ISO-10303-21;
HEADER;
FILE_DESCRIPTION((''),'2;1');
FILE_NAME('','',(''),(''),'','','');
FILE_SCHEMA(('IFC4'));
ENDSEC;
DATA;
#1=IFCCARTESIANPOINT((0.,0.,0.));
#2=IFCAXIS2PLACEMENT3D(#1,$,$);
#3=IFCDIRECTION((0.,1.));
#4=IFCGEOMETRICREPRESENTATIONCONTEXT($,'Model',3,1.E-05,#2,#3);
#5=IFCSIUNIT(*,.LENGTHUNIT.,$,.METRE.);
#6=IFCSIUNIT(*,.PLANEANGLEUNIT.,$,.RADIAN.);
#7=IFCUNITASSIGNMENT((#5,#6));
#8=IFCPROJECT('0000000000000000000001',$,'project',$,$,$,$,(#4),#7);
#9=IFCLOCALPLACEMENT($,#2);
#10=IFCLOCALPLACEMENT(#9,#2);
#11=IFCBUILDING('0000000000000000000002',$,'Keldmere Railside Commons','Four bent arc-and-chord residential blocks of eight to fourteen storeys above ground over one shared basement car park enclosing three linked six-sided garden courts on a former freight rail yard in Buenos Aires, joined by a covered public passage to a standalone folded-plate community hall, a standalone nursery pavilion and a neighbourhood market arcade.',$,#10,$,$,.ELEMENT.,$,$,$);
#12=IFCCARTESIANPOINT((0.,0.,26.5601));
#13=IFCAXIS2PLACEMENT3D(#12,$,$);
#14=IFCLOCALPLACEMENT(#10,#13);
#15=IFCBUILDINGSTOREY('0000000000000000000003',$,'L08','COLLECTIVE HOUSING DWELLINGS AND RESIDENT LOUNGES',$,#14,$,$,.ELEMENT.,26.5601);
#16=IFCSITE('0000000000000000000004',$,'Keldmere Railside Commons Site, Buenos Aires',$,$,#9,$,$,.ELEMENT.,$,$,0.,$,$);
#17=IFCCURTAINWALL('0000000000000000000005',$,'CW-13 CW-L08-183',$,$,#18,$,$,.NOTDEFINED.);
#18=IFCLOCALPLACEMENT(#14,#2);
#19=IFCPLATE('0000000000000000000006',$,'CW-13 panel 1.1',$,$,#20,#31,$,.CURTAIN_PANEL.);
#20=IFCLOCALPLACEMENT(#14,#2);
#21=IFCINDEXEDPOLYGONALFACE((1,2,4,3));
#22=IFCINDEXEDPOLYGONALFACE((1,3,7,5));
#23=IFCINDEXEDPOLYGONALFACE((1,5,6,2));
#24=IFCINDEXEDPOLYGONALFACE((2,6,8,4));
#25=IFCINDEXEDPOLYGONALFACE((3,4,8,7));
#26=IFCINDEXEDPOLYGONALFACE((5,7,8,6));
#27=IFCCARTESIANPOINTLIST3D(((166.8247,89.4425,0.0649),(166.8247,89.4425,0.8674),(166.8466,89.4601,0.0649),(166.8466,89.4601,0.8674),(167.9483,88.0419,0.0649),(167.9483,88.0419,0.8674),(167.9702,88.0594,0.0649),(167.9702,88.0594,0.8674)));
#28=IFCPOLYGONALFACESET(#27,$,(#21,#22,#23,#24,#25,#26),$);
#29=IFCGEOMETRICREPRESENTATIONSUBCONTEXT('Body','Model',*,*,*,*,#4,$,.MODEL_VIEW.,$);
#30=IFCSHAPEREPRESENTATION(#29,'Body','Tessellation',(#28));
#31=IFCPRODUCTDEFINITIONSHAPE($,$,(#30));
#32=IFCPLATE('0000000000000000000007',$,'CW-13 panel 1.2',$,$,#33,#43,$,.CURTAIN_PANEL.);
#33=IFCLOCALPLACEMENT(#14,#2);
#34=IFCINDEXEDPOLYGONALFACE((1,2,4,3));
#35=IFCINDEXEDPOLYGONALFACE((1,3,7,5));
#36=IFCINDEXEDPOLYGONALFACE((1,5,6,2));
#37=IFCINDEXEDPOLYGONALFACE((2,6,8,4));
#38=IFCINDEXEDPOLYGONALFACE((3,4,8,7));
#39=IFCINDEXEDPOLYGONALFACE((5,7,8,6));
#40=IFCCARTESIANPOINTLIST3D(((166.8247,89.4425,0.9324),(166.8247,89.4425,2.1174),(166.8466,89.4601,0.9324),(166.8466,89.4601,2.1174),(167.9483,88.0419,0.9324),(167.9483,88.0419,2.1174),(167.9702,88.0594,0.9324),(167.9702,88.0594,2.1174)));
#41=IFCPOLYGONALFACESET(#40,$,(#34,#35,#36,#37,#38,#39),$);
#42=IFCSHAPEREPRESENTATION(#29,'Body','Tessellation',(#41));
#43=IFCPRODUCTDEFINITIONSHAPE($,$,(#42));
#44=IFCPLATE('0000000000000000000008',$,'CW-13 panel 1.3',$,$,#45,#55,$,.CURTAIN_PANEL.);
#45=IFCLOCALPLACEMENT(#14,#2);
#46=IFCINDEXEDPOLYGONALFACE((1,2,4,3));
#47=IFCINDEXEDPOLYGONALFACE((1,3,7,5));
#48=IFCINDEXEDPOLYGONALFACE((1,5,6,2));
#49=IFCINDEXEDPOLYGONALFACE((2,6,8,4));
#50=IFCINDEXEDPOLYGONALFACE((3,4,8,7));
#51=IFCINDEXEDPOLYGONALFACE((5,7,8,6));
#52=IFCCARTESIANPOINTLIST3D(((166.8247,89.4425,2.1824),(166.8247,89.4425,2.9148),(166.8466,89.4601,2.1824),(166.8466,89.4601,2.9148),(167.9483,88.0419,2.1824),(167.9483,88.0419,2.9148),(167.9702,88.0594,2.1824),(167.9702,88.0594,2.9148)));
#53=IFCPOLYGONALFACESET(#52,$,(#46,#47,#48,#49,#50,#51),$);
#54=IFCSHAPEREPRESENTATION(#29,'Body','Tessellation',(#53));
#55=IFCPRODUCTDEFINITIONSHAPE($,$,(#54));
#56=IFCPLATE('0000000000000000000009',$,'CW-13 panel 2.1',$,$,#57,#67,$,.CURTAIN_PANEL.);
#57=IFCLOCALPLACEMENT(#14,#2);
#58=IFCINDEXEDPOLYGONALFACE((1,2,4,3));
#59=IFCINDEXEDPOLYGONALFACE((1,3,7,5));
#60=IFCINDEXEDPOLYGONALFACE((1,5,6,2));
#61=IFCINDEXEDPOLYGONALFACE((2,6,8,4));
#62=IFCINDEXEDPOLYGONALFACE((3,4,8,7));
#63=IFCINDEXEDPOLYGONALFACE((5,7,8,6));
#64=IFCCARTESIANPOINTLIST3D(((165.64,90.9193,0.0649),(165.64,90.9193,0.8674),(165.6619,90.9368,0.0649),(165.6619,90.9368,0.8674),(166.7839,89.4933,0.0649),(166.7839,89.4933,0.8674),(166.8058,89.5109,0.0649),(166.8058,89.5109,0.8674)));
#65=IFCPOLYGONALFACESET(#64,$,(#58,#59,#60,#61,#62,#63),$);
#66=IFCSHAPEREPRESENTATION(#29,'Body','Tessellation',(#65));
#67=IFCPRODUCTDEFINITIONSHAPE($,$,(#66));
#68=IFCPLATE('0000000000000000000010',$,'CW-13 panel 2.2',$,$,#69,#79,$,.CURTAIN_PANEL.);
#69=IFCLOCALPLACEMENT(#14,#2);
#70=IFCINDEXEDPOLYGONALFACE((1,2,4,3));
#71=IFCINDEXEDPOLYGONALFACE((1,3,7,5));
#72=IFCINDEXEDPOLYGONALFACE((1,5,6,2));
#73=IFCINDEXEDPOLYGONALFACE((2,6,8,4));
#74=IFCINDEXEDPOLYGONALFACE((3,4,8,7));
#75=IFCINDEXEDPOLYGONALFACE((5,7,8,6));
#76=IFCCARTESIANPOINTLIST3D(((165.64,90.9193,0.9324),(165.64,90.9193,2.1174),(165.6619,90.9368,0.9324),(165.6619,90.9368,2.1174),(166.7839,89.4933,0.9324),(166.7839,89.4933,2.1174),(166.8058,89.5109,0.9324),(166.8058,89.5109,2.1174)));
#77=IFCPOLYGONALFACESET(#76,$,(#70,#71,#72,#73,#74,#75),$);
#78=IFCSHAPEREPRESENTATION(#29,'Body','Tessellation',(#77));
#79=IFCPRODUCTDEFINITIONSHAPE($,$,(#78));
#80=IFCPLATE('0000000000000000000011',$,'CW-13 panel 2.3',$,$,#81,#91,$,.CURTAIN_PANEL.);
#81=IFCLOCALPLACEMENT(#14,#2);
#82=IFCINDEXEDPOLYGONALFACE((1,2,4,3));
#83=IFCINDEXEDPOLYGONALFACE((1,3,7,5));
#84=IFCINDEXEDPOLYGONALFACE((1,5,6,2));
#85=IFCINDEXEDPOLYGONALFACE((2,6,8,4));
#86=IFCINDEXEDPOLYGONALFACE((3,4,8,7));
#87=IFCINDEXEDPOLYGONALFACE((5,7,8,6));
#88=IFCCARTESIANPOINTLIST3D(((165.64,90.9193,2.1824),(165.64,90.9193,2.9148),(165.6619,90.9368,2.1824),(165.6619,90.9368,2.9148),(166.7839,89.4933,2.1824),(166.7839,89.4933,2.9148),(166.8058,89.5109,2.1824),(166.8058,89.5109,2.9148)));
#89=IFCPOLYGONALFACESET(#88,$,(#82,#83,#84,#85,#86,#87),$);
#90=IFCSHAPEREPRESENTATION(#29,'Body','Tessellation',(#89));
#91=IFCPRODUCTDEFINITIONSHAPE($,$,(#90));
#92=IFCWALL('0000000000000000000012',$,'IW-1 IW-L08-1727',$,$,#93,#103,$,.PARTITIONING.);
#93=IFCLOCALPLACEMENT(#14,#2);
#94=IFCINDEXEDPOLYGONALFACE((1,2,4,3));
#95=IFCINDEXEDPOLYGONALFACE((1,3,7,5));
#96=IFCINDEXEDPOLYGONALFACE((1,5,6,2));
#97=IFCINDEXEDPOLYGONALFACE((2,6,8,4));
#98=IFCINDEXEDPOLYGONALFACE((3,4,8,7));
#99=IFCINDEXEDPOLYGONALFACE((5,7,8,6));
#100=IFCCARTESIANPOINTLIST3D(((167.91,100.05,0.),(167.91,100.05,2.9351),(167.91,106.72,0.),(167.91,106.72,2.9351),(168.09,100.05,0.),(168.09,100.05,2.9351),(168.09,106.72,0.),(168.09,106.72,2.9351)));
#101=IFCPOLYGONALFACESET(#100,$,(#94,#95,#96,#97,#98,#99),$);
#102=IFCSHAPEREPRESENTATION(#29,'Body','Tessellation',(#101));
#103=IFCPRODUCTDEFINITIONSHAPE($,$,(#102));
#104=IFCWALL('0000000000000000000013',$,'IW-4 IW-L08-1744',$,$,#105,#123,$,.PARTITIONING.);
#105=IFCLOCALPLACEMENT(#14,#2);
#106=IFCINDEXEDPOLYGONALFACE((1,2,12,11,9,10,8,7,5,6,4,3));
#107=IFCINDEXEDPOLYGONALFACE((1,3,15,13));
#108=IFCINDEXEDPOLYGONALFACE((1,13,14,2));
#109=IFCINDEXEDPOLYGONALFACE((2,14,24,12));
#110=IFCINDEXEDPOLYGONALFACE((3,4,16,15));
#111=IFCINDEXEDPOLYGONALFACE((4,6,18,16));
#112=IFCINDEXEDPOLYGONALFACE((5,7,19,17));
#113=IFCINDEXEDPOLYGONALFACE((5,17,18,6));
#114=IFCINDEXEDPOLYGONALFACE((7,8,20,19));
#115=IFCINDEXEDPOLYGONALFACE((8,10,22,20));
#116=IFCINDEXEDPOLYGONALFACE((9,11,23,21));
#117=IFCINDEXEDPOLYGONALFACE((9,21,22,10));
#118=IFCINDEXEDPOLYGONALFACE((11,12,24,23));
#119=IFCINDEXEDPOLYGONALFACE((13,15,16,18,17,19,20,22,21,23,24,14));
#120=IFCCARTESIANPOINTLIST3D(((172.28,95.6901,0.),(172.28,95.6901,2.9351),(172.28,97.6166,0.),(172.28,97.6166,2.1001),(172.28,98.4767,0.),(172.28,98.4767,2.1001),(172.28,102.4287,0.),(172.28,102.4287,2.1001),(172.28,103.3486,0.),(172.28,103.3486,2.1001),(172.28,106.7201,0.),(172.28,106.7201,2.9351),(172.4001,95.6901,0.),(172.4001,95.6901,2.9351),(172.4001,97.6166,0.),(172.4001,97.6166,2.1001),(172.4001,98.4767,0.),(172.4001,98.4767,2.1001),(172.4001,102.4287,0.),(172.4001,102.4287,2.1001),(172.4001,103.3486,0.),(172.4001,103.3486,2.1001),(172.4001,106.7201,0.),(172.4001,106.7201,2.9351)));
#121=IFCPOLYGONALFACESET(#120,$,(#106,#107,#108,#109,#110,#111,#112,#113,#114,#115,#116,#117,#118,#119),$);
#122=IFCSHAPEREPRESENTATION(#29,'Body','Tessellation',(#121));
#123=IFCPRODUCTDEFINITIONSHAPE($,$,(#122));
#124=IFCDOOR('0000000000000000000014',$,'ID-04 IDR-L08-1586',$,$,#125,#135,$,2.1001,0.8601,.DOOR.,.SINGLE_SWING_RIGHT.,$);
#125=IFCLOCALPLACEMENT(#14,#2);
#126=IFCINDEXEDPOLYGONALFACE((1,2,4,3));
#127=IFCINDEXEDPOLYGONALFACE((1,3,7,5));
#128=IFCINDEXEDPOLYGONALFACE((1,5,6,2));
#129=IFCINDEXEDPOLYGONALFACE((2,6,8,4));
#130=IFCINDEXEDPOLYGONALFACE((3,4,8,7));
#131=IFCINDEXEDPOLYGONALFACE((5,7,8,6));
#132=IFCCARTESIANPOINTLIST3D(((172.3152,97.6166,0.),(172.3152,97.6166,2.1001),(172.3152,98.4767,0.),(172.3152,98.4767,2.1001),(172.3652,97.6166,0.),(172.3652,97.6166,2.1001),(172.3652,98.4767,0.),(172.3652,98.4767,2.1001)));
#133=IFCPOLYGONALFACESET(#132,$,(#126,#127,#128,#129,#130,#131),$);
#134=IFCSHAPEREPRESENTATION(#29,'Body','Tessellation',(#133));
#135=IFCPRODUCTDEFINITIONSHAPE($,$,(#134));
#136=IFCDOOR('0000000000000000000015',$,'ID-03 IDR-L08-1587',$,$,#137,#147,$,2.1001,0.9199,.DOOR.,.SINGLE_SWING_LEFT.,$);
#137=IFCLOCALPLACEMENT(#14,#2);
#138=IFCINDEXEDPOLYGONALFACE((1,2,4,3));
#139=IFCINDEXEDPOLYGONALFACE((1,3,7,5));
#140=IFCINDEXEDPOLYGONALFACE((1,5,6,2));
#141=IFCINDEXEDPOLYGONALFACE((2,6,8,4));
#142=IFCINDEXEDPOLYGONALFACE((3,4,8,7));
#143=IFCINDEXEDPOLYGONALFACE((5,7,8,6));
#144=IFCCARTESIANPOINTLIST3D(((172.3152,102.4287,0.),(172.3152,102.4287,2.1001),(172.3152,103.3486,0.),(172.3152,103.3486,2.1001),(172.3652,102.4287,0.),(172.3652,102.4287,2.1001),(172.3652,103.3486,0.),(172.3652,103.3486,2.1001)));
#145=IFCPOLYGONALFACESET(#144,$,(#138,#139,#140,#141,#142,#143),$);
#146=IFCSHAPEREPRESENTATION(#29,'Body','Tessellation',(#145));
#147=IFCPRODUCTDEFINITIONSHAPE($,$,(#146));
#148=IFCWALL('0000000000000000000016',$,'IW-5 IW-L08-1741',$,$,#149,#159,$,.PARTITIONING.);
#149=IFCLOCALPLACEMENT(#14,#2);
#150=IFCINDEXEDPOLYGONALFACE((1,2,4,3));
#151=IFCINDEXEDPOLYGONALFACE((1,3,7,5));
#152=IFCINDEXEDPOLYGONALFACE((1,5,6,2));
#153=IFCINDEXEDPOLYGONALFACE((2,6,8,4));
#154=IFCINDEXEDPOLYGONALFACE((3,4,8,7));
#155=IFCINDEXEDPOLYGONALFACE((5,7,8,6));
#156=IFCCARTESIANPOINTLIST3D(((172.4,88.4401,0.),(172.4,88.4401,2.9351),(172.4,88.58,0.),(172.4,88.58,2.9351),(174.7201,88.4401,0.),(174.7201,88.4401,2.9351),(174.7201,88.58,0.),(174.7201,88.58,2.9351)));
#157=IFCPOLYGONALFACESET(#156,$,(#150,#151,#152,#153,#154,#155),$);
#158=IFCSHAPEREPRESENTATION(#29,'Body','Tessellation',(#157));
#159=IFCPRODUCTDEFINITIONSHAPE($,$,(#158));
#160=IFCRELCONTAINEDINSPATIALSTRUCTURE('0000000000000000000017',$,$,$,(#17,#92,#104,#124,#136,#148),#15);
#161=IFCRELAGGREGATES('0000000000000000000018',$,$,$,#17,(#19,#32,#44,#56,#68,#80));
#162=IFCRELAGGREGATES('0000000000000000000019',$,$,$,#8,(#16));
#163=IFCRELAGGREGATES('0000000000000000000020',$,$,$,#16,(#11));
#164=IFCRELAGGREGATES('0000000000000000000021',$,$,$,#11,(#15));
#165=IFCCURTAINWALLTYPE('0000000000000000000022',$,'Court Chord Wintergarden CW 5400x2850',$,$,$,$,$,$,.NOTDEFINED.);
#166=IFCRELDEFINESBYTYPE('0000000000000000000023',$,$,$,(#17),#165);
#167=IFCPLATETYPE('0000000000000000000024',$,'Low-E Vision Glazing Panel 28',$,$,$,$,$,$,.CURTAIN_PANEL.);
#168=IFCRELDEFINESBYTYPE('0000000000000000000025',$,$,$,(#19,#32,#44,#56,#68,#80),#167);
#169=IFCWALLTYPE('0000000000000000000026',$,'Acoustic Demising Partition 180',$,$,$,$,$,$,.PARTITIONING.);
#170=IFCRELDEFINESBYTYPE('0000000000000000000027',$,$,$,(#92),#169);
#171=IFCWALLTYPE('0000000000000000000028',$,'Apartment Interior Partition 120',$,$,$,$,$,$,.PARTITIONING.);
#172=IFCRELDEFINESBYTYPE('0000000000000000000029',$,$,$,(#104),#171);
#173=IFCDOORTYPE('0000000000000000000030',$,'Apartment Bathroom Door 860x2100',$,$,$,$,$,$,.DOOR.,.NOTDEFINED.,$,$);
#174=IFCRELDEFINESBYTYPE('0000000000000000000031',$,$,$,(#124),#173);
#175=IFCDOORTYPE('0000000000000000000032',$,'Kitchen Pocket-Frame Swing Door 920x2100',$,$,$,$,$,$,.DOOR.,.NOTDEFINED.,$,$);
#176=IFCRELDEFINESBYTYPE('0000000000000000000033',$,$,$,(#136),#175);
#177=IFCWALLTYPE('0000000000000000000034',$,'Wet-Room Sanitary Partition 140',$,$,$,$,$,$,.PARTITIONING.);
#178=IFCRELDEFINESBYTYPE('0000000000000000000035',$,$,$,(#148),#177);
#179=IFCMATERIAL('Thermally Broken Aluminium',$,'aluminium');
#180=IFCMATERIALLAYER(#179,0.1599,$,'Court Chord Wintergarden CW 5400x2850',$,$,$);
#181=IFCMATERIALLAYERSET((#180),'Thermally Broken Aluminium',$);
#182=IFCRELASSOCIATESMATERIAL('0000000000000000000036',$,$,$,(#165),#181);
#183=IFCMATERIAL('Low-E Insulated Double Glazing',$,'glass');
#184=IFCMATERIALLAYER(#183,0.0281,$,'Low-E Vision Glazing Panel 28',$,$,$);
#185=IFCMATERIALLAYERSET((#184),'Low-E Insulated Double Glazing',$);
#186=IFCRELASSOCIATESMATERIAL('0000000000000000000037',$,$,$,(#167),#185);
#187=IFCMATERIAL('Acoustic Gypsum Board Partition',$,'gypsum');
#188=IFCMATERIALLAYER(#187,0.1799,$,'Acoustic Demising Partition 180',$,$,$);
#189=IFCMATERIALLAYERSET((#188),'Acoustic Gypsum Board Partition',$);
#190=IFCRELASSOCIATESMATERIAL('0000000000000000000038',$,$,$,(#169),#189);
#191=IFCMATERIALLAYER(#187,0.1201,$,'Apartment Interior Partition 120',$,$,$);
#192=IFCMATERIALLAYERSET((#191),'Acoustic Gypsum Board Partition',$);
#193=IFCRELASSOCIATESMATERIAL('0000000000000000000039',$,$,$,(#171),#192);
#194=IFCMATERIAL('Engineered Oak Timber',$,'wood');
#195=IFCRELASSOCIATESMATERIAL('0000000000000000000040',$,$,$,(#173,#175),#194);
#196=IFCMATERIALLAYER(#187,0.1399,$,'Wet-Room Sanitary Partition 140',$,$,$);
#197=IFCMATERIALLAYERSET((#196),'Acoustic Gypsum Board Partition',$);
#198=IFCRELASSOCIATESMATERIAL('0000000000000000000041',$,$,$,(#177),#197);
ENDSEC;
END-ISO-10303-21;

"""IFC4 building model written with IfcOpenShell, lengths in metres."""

from ifc_helpers import new_model, si_unit, direction, frame, frame_2d, origin, origin_2d, place, context, subcontext, project, spatial, rectangle, extrude, material, layer, layer_set, type_object, element, fill, aggregate, save


model = new_model("IFC4")

# Units and contexts
model_context = context("Model", 3, precision=1e-05, world=origin(), true_north=direction((0.0, 1.0)))
body_context = subcontext(model_context, "Body", "Model", "MODEL_VIEW")
ifc_project = project(units=[si_unit("LENGTHUNIT", "METRE"), si_unit("PLANEANGLEUNIT", "RADIAN")], contexts=[model_context])

# Site, building, storey
site_placement = place(None, origin())
site = spatial("IfcSite", under=ifc_project, at=site_placement, Name="Keldmere Railside Commons Site, Buenos Aires", CompositionType="ELEMENT", RefElevation=0.0)
building_placement = place(site_placement, origin())
building = spatial("IfcBuilding", under=site, at=building_placement, Name="Keldmere Railside Commons", Description="Four bent arc-and-chord residential blocks of eight to fourteen storeys above ground over one shared basement car park enclosing three linked six-sided garden courts on a former freight rail yard in Buenos Aires, joined by a covered public passage to a standalone folded-plate community hall, a standalone nursery pavilion and a neighbourhood market arcade.", CompositionType="ELEMENT")
storey_placement = place(building_placement, frame((0.0, 0.0, 26.5601)))
storey = spatial("IfcBuildingStorey", under=building, at=storey_placement, Name="L08", Description="COLLECTIVE HOUSING DWELLINGS AND RESIDENT LOUNGES", CompositionType="ELEMENT", Elevation=26.5601)

# Curtain wall, plates
ifc_material_1 = material(Name="Thermally Broken Aluminium", Category="aluminium")
ifc_layer_1 = layer(ifc_material_1, 0.1599, Name="Court Chord Wintergarden CW 5400x2850")
ifc_layer_set_1 = layer_set([ifc_layer_1], Name="Thermally Broken Aluminium")
curtain_wall_type = type_object("IfcCurtainWallType", Name="Court Chord Wintergarden CW 5400x2850", PredefinedType="NOTDEFINED", material=ifc_layer_set_1)
curtain_wall_placement = place(storey_placement, origin())
curtain_wall = element("IfcCurtainWall", 1, at=curtain_wall_placement, inside=storey, type_object=curtain_wall_type, Name="CW-13 CW-L08-183", PredefinedType="NOTDEFINED")
ifc_material_2 = material(Name="Low-E Insulated Double Glazing", Category="glass")
ifc_layer_2 = layer(ifc_material_2, 0.0281, Name="Low-E Vision Glazing Panel 28")
ifc_layer_set_2 = layer_set([ifc_layer_2], Name="Low-E Insulated Double Glazing")
plate_type = type_object("IfcPlateType", Name="Low-E Vision Glazing Panel 28", PredefinedType="CURTAIN_PANEL", material=ifc_layer_set_2)
plate_1_placement = place(storey_placement, frame((167.3975, 88.751, 0.0649), z_axis=(0.0, 0.0, 1.0), x_axis=(-0.625768, 0.780009, 0.0)))
plate_1 = element("IfcPlate", 2, at=plate_1_placement, type_object=plate_type, Name="CW-13 panel 1.1", PredefinedType="CURTAIN_PANEL", context=body_context, shape_type="SweptSolid", body=[
    extrude(rectangle(XDim=1.7957, YDim=0.0281, at=origin_2d()), origin(), (0.0, 0.0, 1.0), 0.8025),
])
plate_2_placement = place(storey_placement, frame((167.3975, 88.751, 0.9324), z_axis=(0.0, 0.0, 1.0), x_axis=(-0.625768, 0.780009, 0.0)))
plate_2 = element("IfcPlate", 3, at=plate_2_placement, type_object=plate_type, Name="CW-13 panel 1.2", PredefinedType="CURTAIN_PANEL", context=body_context, shape_type="SweptSolid", body=[
    extrude(rectangle(XDim=1.7957, YDim=0.0281, at=origin_2d()), origin(), (0.0, 0.0, 1.0), 1.1851),
])
plate_3_placement = place(storey_placement, frame((167.3975, 88.751, 2.1824), z_axis=(0.0, 0.0, 1.0), x_axis=(-0.625768, 0.780009, 0.0)))
plate_3 = element("IfcPlate", 4, at=plate_3_placement, type_object=plate_type, Name="CW-13 panel 1.3", PredefinedType="CURTAIN_PANEL", context=body_context, shape_type="SweptSolid", body=[
    extrude(rectangle(XDim=1.7957, YDim=0.0281, at=origin_2d()), origin(), (0.0, 0.0, 1.0), 0.7324),
])
plate_4_placement = place(storey_placement, frame((166.2229, 90.2151, 0.0649), z_axis=(0.0, 0.0, 1.0), x_axis=(-0.625768, 0.780009, 0.0)))
plate_4 = element("IfcPlate", 5, at=plate_4_placement, type_object=plate_type, Name="CW-13 panel 2.1", PredefinedType="CURTAIN_PANEL", context=body_context, shape_type="SweptSolid", body=[
    extrude(rectangle(XDim=1.8281, YDim=0.0281, at=origin_2d()), origin(), (0.0, 0.0, 1.0), 0.8025),
])
plate_5_placement = place(storey_placement, frame((166.2229, 90.2151, 0.9324), z_axis=(0.0, 0.0, 1.0), x_axis=(-0.625768, 0.780009, 0.0)))
plate_5 = element("IfcPlate", 6, at=plate_5_placement, type_object=plate_type, Name="CW-13 panel 2.2", PredefinedType="CURTAIN_PANEL", context=body_context, shape_type="SweptSolid", body=[
    extrude(rectangle(XDim=1.8281, YDim=0.0281, at=origin_2d()), origin(), (0.0, 0.0, 1.0), 1.1851),
])
plate_6_placement = place(storey_placement, frame((166.2229, 90.2151, 2.1824), z_axis=(0.0, 0.0, 1.0), x_axis=(-0.625768, 0.780009, 0.0)))
plate_6 = element("IfcPlate", 7, at=plate_6_placement, type_object=plate_type, Name="CW-13 panel 2.3", PredefinedType="CURTAIN_PANEL", context=body_context, shape_type="SweptSolid", body=[
    extrude(rectangle(XDim=1.8281, YDim=0.0281, at=origin_2d()), origin(), (0.0, 0.0, 1.0), 0.7324),
])
aggregate(curtain_wall, [plate_1, plate_2, plate_3, plate_4, plate_5, plate_6])

# Wall
ifc_material_3 = material(Name="Acoustic Gypsum Board Partition", Category="gypsum")
ifc_layer_3 = layer(ifc_material_3, 0.1799, Name="Acoustic Demising Partition 180")
ifc_layer_set_3 = layer_set([ifc_layer_3], Name="Acoustic Gypsum Board Partition")
wall_type_1 = type_object("IfcWallType", Name="Acoustic Demising Partition 180", PredefinedType="PARTITIONING", material=ifc_layer_set_3)
wall_1_placement = place(storey_placement, frame((168.0, 100.05, 0.0), z_axis=(0.0, 0.0, 1.0), x_axis=(0.0, 1.0, 0.0)))
element("IfcWall", 8, at=wall_1_placement, inside=storey, type_object=wall_type_1, Name="IW-1 IW-L08-1727", PredefinedType="PARTITIONING", context=body_context, shape_type="SweptSolid", body=[
    extrude(rectangle(XDim=6.6699, YDim=0.1799, at=frame_2d((3.335, 0.0))), origin(), (0.0, 0.0, 1.0), 2.9351),
])

# Wall, openings, doors
ifc_layer_4 = layer(ifc_material_3, 0.1201, Name="Apartment Interior Partition 120")
ifc_layer_set_4 = layer_set([ifc_layer_4], Name="Acoustic Gypsum Board Partition")
wall_type_2 = type_object("IfcWallType", Name="Apartment Interior Partition 120", PredefinedType="PARTITIONING", material=ifc_layer_set_4)
wall_2_placement = place(storey_placement, frame((172.3401, 95.6899, 0.0), z_axis=(0.0, 0.0, 1.0), x_axis=(0.0, 1.0, 0.0)))
wall_2 = element("IfcWall", 9, at=wall_2_placement, inside=storey, type_object=wall_type_2, Name="IW-4 IW-L08-1744", PredefinedType="PARTITIONING", context=body_context, shape_type="SweptSolid", body=[
    extrude(rectangle(XDim=11.03, YDim=0.1201, at=frame_2d((5.5151, 0.0))), origin(), (0.0, 0.0, 1.0), 2.9351),
])
opening_1_placement = place(wall_2_placement, frame((1.9265, 0.0, 0.0)))
opening_1 = element("IfcOpeningElement", 10, at=opening_1_placement, cuts=wall_2, PredefinedType="OPENING", context=body_context, shape_type="SweptSolid", body=[
    extrude(rectangle(XDim=0.8601, YDim=2.1001, at=frame_2d((0.4302, 1.05))), frame((0.0, 0.0701, 0.0), z_axis=(0.0, -1.0, 0.0), x_axis=(1.0, 0.0, 0.0)), (0.0, 0.0, 1.0), 0.1401),
])
opening_2_placement = place(wall_2_placement, frame((6.7388, 0.0, 0.0)))
opening_2 = element("IfcOpeningElement", 11, at=opening_2_placement, cuts=wall_2, PredefinedType="OPENING", context=body_context, shape_type="SweptSolid", body=[
    extrude(rectangle(XDim=0.9199, YDim=2.1001, at=frame_2d((0.46, 1.05))), frame((0.0, 0.0701, 0.0), z_axis=(0.0, -1.0, 0.0), x_axis=(1.0, 0.0, 0.0)), (0.0, 0.0, 1.0), 0.1401),
])
ifc_material_4 = material(Name="Engineered Oak Timber", Category="wood")
door_type_1 = type_object("IfcDoorType", Name="Apartment Bathroom Door 860x2100", OperationType="NOTDEFINED", PredefinedType="DOOR", material=ifc_material_4)
door_1_placement = place(opening_1_placement, origin())
door_1 = element("IfcDoor", 12, at=door_1_placement, inside=storey, type_object=door_type_1, Name="ID-04 IDR-L08-1586", OperationType="SINGLE_SWING_RIGHT", OverallHeight=2.1001, OverallWidth=0.8601, PredefinedType="DOOR", context=body_context, shape_type="SweptSolid", body=[
    extrude(rectangle(XDim=0.8601, YDim=2.1001, at=frame_2d((0.4302, 1.05))), frame((0.0, 0.0249, 0.0), z_axis=(0.0, -1.0, 0.0), x_axis=(1.0, 0.0, 0.0)), (0.0, 0.0, 1.0), 0.05),
])
fill(opening_1, door_1)
door_type_2 = type_object("IfcDoorType", Name="Kitchen Pocket-Frame Swing Door 920x2100", OperationType="NOTDEFINED", PredefinedType="DOOR", material=ifc_material_4)
door_2_placement = place(opening_2_placement, origin())
door_2 = element("IfcDoor", 13, at=door_2_placement, inside=storey, type_object=door_type_2, Name="ID-03 IDR-L08-1587", OperationType="SINGLE_SWING_LEFT", OverallHeight=2.1001, OverallWidth=0.9199, PredefinedType="DOOR", context=body_context, shape_type="SweptSolid", body=[
    extrude(rectangle(XDim=0.9199, YDim=2.1001, at=frame_2d((0.46, 1.05))), frame((0.0, 0.0249, 0.0), z_axis=(0.0, -1.0, 0.0), x_axis=(1.0, 0.0, 0.0)), (0.0, 0.0, 1.0), 0.05),
])
fill(opening_2, door_2)

# Wall
ifc_layer_5 = layer(ifc_material_3, 0.1399, Name="Wet-Room Sanitary Partition 140")
ifc_layer_set_5 = layer_set([ifc_layer_5], Name="Acoustic Gypsum Board Partition")
wall_type_3 = type_object("IfcWallType", Name="Wet-Room Sanitary Partition 140", PredefinedType="PARTITIONING", material=ifc_layer_set_5)
wall_3_placement = place(storey_placement, frame((172.3999, 88.51, 0.0), z_axis=(0.0, 0.0, 1.0), x_axis=(1.0, 0.0, 0.0)))
element("IfcWall", 14, at=wall_3_placement, inside=storey, type_object=wall_type_3, Name="IW-5 IW-L08-1741", PredefinedType="PARTITIONING", context=body_context, shape_type="SweptSolid", body=[
    extrude(rectangle(XDim=2.3201, YDim=0.1399, at=frame_2d((1.1602, 0.0))), origin(), (0.0, 0.0, 1.0), 2.9351),
])

save(model, "model.ifc")
